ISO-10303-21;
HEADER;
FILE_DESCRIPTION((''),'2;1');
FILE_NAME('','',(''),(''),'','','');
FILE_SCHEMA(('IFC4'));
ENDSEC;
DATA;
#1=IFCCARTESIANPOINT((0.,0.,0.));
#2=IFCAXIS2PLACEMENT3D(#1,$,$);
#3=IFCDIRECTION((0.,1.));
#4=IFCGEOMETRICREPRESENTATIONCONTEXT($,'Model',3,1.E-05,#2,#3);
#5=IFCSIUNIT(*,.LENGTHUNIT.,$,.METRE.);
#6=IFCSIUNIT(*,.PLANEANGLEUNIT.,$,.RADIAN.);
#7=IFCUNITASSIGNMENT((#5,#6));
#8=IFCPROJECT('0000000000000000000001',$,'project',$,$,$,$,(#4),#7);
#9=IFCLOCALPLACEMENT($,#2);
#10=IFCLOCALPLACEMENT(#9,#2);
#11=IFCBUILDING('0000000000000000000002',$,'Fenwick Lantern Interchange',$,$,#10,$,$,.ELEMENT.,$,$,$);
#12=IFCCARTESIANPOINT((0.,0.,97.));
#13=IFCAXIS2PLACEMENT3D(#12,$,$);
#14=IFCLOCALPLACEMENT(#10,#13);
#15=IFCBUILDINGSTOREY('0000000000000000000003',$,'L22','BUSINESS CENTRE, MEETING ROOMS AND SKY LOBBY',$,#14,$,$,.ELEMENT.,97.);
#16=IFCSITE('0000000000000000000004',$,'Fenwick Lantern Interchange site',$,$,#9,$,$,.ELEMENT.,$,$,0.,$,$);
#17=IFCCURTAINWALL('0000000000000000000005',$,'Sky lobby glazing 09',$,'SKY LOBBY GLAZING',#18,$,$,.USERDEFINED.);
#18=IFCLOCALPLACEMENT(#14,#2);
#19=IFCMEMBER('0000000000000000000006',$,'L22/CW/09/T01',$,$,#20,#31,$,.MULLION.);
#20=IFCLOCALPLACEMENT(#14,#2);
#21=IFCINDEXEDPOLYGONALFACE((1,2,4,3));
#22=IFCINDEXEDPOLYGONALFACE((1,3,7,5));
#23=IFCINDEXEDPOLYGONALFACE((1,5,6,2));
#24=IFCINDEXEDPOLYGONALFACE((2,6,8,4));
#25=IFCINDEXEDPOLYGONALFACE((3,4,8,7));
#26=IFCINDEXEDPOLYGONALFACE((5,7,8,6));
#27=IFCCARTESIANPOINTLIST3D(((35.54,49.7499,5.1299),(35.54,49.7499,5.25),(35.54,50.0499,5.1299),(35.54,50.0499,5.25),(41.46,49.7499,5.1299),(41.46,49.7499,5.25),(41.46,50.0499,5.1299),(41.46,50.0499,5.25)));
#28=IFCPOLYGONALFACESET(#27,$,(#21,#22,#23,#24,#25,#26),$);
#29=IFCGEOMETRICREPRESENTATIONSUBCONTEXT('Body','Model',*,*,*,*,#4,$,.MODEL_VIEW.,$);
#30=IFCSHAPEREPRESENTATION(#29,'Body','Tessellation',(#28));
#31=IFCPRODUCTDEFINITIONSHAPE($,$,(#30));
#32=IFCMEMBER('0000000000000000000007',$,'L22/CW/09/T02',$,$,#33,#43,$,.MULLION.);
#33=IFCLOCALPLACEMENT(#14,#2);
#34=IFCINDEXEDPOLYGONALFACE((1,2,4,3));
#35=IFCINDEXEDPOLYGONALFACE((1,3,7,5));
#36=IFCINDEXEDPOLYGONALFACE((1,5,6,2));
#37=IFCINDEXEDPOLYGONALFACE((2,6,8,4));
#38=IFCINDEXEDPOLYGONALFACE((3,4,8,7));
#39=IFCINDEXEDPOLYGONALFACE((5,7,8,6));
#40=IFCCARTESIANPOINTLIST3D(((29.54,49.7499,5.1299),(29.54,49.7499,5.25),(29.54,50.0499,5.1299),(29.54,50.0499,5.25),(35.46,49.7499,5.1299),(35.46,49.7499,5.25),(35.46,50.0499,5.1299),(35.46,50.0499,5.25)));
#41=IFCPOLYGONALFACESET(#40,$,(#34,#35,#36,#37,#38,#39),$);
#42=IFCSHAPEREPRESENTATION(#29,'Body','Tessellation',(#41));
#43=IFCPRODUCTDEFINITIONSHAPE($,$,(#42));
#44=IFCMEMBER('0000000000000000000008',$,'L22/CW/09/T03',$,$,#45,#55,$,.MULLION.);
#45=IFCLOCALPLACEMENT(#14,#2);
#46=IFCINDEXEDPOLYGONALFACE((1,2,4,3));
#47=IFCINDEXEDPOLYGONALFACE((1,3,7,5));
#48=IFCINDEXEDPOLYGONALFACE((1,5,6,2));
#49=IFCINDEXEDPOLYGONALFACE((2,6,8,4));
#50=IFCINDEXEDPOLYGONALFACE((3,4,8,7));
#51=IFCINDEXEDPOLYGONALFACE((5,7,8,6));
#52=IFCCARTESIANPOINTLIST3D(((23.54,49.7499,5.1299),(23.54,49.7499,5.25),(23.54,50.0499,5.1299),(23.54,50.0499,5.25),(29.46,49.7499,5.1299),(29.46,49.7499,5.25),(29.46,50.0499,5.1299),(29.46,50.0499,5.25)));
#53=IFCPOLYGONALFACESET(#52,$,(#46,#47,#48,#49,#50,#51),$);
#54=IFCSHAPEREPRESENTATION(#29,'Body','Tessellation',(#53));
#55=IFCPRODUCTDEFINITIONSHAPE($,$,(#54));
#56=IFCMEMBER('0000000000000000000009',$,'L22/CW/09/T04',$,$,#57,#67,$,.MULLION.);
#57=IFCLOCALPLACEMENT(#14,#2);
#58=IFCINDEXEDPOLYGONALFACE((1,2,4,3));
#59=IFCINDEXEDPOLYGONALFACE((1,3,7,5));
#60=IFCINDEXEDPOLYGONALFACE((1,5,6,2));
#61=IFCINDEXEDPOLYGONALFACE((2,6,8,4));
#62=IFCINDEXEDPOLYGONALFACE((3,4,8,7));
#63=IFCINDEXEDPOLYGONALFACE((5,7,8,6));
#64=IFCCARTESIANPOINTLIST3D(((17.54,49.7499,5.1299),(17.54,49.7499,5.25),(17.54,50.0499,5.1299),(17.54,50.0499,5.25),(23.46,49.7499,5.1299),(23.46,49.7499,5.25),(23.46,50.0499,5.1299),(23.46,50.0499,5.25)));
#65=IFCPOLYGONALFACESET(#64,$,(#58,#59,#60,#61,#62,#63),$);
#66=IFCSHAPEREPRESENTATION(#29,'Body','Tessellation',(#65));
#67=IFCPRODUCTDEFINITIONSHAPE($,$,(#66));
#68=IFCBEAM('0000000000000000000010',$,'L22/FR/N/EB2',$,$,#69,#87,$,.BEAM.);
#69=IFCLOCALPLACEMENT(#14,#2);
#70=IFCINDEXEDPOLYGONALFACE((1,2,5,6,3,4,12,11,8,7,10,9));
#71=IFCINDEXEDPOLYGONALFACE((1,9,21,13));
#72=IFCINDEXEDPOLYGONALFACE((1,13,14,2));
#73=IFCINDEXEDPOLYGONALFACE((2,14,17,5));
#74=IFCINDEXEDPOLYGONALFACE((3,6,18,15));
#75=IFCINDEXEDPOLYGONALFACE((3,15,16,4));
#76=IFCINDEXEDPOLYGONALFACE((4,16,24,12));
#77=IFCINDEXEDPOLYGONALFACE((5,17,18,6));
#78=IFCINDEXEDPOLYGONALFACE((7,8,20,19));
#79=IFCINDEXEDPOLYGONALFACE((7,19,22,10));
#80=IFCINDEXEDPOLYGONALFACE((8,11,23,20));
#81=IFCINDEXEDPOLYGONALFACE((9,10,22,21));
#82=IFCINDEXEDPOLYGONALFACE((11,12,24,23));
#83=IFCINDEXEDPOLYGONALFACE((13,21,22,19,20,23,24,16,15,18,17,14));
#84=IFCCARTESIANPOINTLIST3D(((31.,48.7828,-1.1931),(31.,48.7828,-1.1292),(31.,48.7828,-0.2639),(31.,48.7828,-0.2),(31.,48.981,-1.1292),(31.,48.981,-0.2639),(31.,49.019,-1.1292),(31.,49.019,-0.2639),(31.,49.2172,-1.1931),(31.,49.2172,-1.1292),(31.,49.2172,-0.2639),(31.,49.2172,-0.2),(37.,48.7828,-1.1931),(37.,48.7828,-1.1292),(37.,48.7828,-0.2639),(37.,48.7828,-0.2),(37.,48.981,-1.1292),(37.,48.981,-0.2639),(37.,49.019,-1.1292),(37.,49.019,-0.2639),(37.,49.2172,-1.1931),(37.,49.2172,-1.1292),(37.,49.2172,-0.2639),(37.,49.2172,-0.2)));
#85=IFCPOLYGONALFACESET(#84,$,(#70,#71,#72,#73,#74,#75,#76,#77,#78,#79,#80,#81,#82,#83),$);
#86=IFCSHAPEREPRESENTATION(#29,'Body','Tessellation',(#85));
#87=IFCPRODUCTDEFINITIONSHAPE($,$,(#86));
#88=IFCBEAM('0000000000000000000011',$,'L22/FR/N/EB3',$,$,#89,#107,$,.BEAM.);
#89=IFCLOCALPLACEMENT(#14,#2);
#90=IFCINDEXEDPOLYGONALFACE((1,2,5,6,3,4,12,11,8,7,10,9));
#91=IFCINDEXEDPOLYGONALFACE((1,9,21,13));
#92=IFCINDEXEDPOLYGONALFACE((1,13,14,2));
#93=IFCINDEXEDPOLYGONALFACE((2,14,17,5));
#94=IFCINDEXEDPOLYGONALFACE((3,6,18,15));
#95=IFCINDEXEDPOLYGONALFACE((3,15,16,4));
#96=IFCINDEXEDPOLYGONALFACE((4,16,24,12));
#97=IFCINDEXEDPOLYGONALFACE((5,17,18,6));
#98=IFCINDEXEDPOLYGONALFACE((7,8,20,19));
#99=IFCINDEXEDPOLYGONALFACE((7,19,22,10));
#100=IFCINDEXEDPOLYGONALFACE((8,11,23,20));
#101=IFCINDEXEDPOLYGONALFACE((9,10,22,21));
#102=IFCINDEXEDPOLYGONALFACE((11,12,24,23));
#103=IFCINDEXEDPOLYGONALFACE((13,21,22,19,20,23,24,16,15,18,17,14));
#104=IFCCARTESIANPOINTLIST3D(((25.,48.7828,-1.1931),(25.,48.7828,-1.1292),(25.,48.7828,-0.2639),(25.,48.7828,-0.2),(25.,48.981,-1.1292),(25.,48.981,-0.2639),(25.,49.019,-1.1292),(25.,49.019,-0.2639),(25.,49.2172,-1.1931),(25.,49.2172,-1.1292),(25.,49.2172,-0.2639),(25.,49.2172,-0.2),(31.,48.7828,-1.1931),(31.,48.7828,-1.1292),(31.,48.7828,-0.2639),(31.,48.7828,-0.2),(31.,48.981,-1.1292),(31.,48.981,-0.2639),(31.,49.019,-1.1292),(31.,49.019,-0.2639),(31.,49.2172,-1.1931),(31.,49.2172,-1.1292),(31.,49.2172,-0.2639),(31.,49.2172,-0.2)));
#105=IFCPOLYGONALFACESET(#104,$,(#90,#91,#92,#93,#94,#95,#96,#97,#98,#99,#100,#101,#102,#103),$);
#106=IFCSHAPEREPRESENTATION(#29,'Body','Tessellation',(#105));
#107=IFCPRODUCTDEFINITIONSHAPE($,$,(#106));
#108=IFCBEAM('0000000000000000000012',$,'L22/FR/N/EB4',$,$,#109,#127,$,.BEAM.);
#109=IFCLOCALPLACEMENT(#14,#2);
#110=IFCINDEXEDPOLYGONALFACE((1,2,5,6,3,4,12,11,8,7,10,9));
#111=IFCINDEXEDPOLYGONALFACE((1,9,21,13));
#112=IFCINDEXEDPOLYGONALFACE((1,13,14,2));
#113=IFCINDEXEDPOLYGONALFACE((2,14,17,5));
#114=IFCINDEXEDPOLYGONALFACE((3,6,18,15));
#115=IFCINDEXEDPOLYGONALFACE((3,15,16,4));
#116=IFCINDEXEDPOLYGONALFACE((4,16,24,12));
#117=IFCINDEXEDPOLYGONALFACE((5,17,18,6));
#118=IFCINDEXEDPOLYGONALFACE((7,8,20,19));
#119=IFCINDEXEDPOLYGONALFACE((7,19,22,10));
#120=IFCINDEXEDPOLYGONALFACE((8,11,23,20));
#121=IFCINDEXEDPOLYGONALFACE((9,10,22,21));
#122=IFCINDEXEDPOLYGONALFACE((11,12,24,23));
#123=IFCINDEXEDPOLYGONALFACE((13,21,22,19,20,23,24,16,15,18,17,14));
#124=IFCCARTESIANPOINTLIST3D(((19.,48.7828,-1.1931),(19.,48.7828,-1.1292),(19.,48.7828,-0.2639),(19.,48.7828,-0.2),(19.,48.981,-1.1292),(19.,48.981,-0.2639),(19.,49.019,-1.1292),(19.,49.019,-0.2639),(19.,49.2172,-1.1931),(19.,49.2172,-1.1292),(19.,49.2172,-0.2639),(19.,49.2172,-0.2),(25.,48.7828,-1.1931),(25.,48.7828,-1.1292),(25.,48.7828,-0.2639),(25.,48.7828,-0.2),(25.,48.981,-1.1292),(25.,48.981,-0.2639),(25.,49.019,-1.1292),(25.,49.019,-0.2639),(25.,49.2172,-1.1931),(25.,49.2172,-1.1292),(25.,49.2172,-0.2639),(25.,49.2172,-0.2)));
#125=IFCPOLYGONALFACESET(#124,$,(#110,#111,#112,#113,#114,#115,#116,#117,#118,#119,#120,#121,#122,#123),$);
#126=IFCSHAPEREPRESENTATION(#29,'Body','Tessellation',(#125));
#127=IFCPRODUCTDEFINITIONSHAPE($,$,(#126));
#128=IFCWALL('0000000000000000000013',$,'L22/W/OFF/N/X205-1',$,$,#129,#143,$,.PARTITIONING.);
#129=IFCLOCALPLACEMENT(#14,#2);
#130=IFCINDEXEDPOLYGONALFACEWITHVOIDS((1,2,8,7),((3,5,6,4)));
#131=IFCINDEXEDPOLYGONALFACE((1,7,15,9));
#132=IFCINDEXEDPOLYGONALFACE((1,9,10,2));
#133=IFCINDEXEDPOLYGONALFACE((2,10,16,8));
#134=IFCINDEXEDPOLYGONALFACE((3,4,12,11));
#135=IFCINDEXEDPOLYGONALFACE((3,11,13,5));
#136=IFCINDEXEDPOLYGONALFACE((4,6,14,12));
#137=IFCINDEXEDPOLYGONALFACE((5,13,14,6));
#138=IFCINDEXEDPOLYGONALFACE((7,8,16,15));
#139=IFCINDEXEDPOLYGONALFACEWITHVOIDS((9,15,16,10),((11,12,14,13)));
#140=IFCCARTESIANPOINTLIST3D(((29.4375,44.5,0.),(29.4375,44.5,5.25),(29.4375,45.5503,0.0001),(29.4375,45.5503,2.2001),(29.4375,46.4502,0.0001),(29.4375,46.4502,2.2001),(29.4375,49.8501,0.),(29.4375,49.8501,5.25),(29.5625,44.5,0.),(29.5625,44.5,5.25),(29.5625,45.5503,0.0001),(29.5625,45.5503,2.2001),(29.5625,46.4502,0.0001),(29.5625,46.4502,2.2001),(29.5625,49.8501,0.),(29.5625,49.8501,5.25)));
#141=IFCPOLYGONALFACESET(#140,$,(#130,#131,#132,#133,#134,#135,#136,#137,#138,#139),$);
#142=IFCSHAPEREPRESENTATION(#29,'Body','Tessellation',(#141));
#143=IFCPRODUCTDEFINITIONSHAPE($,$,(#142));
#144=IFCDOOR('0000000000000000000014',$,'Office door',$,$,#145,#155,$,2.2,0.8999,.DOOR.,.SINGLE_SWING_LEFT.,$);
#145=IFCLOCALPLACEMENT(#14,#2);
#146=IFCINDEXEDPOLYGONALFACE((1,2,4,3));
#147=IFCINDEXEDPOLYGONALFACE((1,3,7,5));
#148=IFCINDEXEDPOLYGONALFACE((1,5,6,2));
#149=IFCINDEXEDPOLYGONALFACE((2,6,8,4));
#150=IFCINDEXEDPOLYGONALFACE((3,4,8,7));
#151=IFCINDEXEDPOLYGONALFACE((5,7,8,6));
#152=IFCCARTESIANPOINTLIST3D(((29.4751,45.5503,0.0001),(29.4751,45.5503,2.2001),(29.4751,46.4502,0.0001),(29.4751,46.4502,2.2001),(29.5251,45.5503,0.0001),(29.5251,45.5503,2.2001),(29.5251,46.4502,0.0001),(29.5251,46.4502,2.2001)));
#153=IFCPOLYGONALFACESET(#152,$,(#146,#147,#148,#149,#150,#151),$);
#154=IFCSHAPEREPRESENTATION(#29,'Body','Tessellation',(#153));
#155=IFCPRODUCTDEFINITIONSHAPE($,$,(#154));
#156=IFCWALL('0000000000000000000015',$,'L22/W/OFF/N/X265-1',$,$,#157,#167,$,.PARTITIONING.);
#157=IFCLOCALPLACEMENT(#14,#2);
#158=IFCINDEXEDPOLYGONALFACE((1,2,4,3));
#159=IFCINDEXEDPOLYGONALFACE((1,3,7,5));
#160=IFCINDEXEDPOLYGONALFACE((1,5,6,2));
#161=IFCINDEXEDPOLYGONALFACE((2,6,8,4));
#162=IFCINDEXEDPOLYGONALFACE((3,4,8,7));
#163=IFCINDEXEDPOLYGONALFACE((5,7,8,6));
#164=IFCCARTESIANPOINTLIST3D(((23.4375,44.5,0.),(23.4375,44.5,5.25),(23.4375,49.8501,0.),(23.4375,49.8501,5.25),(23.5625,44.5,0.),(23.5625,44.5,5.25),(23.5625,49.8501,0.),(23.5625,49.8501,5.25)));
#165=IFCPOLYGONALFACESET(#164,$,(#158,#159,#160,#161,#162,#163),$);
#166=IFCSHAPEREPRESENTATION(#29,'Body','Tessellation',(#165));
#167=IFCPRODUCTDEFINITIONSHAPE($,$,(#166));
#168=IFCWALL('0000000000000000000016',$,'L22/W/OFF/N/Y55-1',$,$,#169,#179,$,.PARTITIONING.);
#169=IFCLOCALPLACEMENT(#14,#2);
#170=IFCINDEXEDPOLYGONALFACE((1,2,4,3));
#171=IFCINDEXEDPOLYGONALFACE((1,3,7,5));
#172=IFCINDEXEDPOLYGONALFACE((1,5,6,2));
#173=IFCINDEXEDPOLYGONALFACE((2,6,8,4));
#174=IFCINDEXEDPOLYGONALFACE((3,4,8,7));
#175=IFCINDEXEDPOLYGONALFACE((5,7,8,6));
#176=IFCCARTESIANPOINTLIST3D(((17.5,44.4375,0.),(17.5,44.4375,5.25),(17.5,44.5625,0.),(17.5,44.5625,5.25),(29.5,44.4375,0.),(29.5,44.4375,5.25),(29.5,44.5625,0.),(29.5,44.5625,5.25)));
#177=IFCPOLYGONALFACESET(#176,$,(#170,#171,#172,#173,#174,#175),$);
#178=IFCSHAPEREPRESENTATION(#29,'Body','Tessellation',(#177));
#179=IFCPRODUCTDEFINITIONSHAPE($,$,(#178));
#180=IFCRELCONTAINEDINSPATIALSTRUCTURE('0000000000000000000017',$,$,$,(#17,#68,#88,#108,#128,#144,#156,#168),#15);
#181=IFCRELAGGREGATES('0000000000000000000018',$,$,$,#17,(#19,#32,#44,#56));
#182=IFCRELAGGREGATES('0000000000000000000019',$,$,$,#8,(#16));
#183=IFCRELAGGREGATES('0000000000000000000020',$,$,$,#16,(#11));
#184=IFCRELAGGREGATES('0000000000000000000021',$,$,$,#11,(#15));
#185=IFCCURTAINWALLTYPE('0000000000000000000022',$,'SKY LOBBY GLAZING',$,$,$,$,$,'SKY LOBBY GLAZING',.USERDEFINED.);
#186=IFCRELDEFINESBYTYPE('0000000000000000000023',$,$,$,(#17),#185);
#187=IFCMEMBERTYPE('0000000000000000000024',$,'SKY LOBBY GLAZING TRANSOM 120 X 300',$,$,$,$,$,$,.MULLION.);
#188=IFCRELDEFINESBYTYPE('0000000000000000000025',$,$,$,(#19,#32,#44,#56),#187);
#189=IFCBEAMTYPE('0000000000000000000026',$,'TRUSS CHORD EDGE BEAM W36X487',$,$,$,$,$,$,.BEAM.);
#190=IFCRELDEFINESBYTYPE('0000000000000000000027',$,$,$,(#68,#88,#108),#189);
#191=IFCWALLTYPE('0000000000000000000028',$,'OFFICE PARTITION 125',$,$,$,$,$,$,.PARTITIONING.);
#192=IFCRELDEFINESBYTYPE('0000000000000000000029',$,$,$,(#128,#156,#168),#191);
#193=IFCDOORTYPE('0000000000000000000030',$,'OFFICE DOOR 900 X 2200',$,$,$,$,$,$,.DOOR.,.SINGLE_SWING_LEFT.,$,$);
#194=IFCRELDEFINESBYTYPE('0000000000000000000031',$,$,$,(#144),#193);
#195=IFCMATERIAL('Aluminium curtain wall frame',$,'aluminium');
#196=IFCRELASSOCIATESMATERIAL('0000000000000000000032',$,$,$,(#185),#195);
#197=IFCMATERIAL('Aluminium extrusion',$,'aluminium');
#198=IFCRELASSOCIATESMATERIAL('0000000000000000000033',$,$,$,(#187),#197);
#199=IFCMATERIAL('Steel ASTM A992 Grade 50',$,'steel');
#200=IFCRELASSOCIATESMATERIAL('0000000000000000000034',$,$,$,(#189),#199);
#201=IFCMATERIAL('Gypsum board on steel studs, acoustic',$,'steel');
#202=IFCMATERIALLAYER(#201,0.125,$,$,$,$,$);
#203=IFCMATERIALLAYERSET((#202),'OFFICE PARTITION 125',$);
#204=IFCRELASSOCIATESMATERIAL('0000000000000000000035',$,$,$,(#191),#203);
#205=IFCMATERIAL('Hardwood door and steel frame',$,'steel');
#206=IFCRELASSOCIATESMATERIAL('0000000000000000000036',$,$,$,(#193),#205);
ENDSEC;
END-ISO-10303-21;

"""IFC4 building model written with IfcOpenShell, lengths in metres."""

from ifc_helpers import new_model, si_unit, direction, frame, frame_2d, origin, origin_2d, place, context, subcontext, project, spatial, rectangle, i_section, extrude, material, layer, layer_set, material_profile, profile_set, type_object, element, fill, aggregate, save


model = new_model("IFC4")

# Units and contexts
model_context = context("Model", 3, precision=1e-05, world=origin(), true_north=direction((0.0, 1.0)))
body_context = subcontext(model_context, "Body", "Model", "MODEL_VIEW")
ifc_project = project(units=[si_unit("LENGTHUNIT", "METRE"), si_unit("PLANEANGLEUNIT", "RADIAN")], contexts=[model_context])

# Site, building, storey
site_placement = place(None, origin())
site = spatial("IfcSite", under=ifc_project, at=site_placement, Name="Fenwick Lantern Interchange site", CompositionType="ELEMENT", RefElevation=0.0)
building_placement = place(site_placement, origin())
building = spatial("IfcBuilding", under=site, at=building_placement, Name="Fenwick Lantern Interchange", CompositionType="ELEMENT")
storey_placement = place(building_placement, frame((0.0, 0.0, 97.0)))
storey = spatial("IfcBuildingStorey", under=building, at=storey_placement, Name="L22", Description="BUSINESS CENTRE, MEETING ROOMS AND SKY LOBBY", CompositionType="ELEMENT", Elevation=97.0)

# Shared definitions
ifc_material_1 = material(Name="Steel ASTM A992 Grade 50", Category="steel")

# Curtain wall, members
ifc_material_2 = material(Name="Aluminium curtain wall frame", Category="aluminium")
curtain_wall_type = type_object("IfcCurtainWallType", Name="SKY LOBBY GLAZING", ElementType="SKY LOBBY GLAZING", PredefinedType="USERDEFINED", material=ifc_material_2)
curtain_wall_placement = place(storey_placement, origin())
curtain_wall = element("IfcCurtainWall", 1, at=curtain_wall_placement, inside=storey, type_object=curtain_wall_type, Name="Sky lobby glazing 09", ObjectType="SKY LOBBY GLAZING", PredefinedType="USERDEFINED")
ifc_material_3 = material(Name="Aluminium extrusion", Category="aluminium")
ifc_material_profile_1 = material_profile(ifc_material_3, rectangle(XDim=0.3, YDim=0.1201, at=origin_2d()), Name="SKY LOBBY GLAZING TRANSOM 120 X 300")
ifc_profile_set_1 = profile_set([ifc_material_profile_1], Name="Aluminium extrusion")
member_type_1 = type_object("IfcMemberType", Name="SKY LOBBY GLAZING TRANSOM 120 X 300", PredefinedType="MULLION", material=ifc_profile_set_1)
member_1_placement = place(storey_placement, frame((41.46, 49.8999, 5.1899), z_axis=(-1.0, 0.0, 0.0), x_axis=(0.0, -1.0, 0.0)))
member_1 = element("IfcMember", 2, at=member_1_placement, type_object=member_type_1, Name="L22/CW/09/T01", PredefinedType="MULLION", context=body_context, shape_type="SweptSolid", body=[
    extrude(rectangle(XDim=0.3, YDim=0.1201, at=origin_2d()), origin(), (0.0, 0.0, 1.0), 5.9199),
])
member_2_placement = place(storey_placement, frame((35.46, 49.8999, 5.1899), z_axis=(-1.0, 0.0, 0.0), x_axis=(0.0, -1.0, 0.0)))
member_2 = element("IfcMember", 3, at=member_2_placement, type_object=member_type_1, Name="L22/CW/09/T02", PredefinedType="MULLION", context=body_context, shape_type="SweptSolid", body=[
    extrude(rectangle(XDim=0.3, YDim=0.1201, at=origin_2d()), origin(), (0.0, 0.0, 1.0), 5.9199),
])
member_3_placement = place(storey_placement, frame((29.46, 49.8999, 5.1899), z_axis=(-1.0, 0.0, 0.0), x_axis=(0.0, -1.0, 0.0)))
member_3 = element("IfcMember", 4, at=member_3_placement, type_object=member_type_1, Name="L22/CW/09/T03", PredefinedType="MULLION", context=body_context, shape_type="SweptSolid", body=[
    extrude(rectangle(XDim=0.3, YDim=0.1201, at=origin_2d()), origin(), (0.0, 0.0, 1.0), 5.9199),
])
member_4_placement = place(storey_placement, frame((23.46, 49.8999, 5.1899), z_axis=(-1.0, 0.0, 0.0), x_axis=(0.0, -1.0, 0.0)))
member_4 = element("IfcMember", 5, at=member_4_placement, type_object=member_type_1, Name="L22/CW/09/T04", PredefinedType="MULLION", context=body_context, shape_type="SweptSolid", body=[
    extrude(rectangle(XDim=0.3, YDim=0.1201, at=origin_2d()), origin(), (0.0, 0.0, 1.0), 5.9199),
])
aggregate(curtain_wall, [member_1, member_2, member_3, member_4])

# Beams
ifc_material_profile_2 = material_profile(ifc_material_1, i_section(OverallWidth=0.4343, OverallDepth=0.9932, WebThickness=0.0381, FlangeThickness=0.064, at=origin_2d()), Name="W36X487")
ifc_profile_set_2 = profile_set([ifc_material_profile_2], Name="Steel ASTM A992 Grade 50")
beam_type_1 = type_object("IfcBeamType", Name="TRUSS CHORD EDGE BEAM W36X487", PredefinedType="BEAM", material=ifc_profile_set_2)
for number, where, z_axis, x_axis, name in (
    (6, (37.0, 49.0, -0.6965), (-1.0, 0.0, 0.0), (0.0, -1.0, 0.0), "L22/FR/N/EB2"),
    (7, (31.0, 49.0, -0.6965), (-1.0, 0.0, 0.0), (0.0, -1.0, 0.0), "L22/FR/N/EB3"),
    (8, (25.0, 49.0, -0.6965), (-1.0, 0.0, 0.0), (0.0, -1.0, 0.0), "L22/FR/N/EB4"),
):
    element("IfcBeam", number, at=place(storey_placement, frame(where, z_axis=z_axis, x_axis=x_axis)), inside=storey, type_object=beam_type_1, Name=name, PredefinedType="BEAM", context=body_context, shape_type="SweptSolid", body=[
        extrude(i_section(OverallWidth=0.4343, OverallDepth=0.9932, WebThickness=0.0381, FlangeThickness=0.064, at=origin_2d()), origin(), (0.0, 0.0, 1.0), 6.0),
    ])

# Wall, opening, door
ifc_material_4 = material(Name="Gypsum board on steel studs, acoustic", Category="steel")
ifc_layer = layer(ifc_material_4, 0.125)
ifc_layer_set = layer_set([ifc_layer], Name="OFFICE PARTITION 125")
wall_type = type_object("IfcWallType", Name="OFFICE PARTITION 125", PredefinedType="PARTITIONING", material=ifc_layer_set)
wall_1_placement = place(storey_placement, frame((29.5, 49.8501, 0.0), z_axis=(0.0, 0.0, 1.0), x_axis=(0.0, -1.0, 0.0)))
wall_1 = element("IfcWall", 9, at=wall_1_placement, inside=storey, type_object=wall_type, Name="L22/W/OFF/N/X205-1", PredefinedType="PARTITIONING", context=body_context, shape_type="SweptSolid", body=[
    extrude(rectangle(XDim=5.3501, YDim=0.125, at=frame_2d((2.675, 0.0))), origin(), (0.0, 0.0, 1.0), 5.25),
])
opening_placement = place(wall_1_placement, frame((3.3999, 0.0, 0.0)))
opening = element("IfcOpeningElement", 10, at=opening_placement, cuts=wall_1, PredefinedType="OPENING", context=body_context, shape_type="SweptSolid", body=[
    extrude(rectangle(XDim=0.8999, YDim=2.2, at=frame_2d((0.45, 1.1001))), frame((0.0, 0.0725, 0.0), z_axis=(0.0, -1.0, 0.0), x_axis=(1.0, 0.0, 0.0)), (0.0, 0.0, 1.0), 0.145),
])
ifc_material_5 = material(Name="Hardwood door and steel frame", Category="steel")
door_type = type_object("IfcDoorType", Name="OFFICE DOOR 900 X 2200", OperationType="SINGLE_SWING_LEFT", PredefinedType="DOOR", material=ifc_material_5)
door_placement = place(opening_placement, frame((0.8999, 0.0, 0.0), z_axis=(0.0, 0.0, 1.0), x_axis=(-1.0, 0.0, 0.0)))
door = element("IfcDoor", 11, at=door_placement, inside=storey, type_object=door_type, Name="Office door", OperationType="SINGLE_SWING_LEFT", OverallHeight=2.2, OverallWidth=0.8999, PredefinedType="DOOR", context=body_context, shape_type="SweptSolid", body=[
    extrude(rectangle(XDim=0.8999, YDim=2.2, at=frame_2d((0.45, 1.1001))), frame((0.0, 0.0249, 0.0), z_axis=(0.0, -1.0, 0.0), x_axis=(1.0, 0.0, 0.0)), (0.0, 0.0, 1.0), 0.05),
])
fill(opening, door)

# Walls
wall_2_placement = place(storey_placement, frame((23.5, 49.8501, 0.0), z_axis=(0.0, 0.0, 1.0), x_axis=(0.0, -1.0, 0.0)))
element("IfcWall", 12, at=wall_2_placement, inside=storey, type_object=wall_type, Name="L22/W/OFF/N/X265-1", PredefinedType="PARTITIONING", context=body_context, shape_type="SweptSolid", body=[
    extrude(rectangle(XDim=5.3501, YDim=0.125, at=frame_2d((2.675, 0.0))), origin(), (0.0, 0.0, 1.0), 5.25),
])
wall_3_placement = place(storey_placement, frame((29.5, 44.5, 0.0), z_axis=(0.0, 0.0, 1.0), x_axis=(-1.0, 0.0, 0.0)))
element("IfcWall", 13, at=wall_3_placement, inside=storey, type_object=wall_type, Name="L22/W/OFF/N/Y55-1", PredefinedType="PARTITIONING", context=body_context, shape_type="SweptSolid", body=[
    extrude(rectangle(XDim=12.0, YDim=0.125, at=frame_2d((6.0, 0.0))), origin(), (0.0, 0.0, 1.0), 5.25),
])

save(model, "model.ifc")
